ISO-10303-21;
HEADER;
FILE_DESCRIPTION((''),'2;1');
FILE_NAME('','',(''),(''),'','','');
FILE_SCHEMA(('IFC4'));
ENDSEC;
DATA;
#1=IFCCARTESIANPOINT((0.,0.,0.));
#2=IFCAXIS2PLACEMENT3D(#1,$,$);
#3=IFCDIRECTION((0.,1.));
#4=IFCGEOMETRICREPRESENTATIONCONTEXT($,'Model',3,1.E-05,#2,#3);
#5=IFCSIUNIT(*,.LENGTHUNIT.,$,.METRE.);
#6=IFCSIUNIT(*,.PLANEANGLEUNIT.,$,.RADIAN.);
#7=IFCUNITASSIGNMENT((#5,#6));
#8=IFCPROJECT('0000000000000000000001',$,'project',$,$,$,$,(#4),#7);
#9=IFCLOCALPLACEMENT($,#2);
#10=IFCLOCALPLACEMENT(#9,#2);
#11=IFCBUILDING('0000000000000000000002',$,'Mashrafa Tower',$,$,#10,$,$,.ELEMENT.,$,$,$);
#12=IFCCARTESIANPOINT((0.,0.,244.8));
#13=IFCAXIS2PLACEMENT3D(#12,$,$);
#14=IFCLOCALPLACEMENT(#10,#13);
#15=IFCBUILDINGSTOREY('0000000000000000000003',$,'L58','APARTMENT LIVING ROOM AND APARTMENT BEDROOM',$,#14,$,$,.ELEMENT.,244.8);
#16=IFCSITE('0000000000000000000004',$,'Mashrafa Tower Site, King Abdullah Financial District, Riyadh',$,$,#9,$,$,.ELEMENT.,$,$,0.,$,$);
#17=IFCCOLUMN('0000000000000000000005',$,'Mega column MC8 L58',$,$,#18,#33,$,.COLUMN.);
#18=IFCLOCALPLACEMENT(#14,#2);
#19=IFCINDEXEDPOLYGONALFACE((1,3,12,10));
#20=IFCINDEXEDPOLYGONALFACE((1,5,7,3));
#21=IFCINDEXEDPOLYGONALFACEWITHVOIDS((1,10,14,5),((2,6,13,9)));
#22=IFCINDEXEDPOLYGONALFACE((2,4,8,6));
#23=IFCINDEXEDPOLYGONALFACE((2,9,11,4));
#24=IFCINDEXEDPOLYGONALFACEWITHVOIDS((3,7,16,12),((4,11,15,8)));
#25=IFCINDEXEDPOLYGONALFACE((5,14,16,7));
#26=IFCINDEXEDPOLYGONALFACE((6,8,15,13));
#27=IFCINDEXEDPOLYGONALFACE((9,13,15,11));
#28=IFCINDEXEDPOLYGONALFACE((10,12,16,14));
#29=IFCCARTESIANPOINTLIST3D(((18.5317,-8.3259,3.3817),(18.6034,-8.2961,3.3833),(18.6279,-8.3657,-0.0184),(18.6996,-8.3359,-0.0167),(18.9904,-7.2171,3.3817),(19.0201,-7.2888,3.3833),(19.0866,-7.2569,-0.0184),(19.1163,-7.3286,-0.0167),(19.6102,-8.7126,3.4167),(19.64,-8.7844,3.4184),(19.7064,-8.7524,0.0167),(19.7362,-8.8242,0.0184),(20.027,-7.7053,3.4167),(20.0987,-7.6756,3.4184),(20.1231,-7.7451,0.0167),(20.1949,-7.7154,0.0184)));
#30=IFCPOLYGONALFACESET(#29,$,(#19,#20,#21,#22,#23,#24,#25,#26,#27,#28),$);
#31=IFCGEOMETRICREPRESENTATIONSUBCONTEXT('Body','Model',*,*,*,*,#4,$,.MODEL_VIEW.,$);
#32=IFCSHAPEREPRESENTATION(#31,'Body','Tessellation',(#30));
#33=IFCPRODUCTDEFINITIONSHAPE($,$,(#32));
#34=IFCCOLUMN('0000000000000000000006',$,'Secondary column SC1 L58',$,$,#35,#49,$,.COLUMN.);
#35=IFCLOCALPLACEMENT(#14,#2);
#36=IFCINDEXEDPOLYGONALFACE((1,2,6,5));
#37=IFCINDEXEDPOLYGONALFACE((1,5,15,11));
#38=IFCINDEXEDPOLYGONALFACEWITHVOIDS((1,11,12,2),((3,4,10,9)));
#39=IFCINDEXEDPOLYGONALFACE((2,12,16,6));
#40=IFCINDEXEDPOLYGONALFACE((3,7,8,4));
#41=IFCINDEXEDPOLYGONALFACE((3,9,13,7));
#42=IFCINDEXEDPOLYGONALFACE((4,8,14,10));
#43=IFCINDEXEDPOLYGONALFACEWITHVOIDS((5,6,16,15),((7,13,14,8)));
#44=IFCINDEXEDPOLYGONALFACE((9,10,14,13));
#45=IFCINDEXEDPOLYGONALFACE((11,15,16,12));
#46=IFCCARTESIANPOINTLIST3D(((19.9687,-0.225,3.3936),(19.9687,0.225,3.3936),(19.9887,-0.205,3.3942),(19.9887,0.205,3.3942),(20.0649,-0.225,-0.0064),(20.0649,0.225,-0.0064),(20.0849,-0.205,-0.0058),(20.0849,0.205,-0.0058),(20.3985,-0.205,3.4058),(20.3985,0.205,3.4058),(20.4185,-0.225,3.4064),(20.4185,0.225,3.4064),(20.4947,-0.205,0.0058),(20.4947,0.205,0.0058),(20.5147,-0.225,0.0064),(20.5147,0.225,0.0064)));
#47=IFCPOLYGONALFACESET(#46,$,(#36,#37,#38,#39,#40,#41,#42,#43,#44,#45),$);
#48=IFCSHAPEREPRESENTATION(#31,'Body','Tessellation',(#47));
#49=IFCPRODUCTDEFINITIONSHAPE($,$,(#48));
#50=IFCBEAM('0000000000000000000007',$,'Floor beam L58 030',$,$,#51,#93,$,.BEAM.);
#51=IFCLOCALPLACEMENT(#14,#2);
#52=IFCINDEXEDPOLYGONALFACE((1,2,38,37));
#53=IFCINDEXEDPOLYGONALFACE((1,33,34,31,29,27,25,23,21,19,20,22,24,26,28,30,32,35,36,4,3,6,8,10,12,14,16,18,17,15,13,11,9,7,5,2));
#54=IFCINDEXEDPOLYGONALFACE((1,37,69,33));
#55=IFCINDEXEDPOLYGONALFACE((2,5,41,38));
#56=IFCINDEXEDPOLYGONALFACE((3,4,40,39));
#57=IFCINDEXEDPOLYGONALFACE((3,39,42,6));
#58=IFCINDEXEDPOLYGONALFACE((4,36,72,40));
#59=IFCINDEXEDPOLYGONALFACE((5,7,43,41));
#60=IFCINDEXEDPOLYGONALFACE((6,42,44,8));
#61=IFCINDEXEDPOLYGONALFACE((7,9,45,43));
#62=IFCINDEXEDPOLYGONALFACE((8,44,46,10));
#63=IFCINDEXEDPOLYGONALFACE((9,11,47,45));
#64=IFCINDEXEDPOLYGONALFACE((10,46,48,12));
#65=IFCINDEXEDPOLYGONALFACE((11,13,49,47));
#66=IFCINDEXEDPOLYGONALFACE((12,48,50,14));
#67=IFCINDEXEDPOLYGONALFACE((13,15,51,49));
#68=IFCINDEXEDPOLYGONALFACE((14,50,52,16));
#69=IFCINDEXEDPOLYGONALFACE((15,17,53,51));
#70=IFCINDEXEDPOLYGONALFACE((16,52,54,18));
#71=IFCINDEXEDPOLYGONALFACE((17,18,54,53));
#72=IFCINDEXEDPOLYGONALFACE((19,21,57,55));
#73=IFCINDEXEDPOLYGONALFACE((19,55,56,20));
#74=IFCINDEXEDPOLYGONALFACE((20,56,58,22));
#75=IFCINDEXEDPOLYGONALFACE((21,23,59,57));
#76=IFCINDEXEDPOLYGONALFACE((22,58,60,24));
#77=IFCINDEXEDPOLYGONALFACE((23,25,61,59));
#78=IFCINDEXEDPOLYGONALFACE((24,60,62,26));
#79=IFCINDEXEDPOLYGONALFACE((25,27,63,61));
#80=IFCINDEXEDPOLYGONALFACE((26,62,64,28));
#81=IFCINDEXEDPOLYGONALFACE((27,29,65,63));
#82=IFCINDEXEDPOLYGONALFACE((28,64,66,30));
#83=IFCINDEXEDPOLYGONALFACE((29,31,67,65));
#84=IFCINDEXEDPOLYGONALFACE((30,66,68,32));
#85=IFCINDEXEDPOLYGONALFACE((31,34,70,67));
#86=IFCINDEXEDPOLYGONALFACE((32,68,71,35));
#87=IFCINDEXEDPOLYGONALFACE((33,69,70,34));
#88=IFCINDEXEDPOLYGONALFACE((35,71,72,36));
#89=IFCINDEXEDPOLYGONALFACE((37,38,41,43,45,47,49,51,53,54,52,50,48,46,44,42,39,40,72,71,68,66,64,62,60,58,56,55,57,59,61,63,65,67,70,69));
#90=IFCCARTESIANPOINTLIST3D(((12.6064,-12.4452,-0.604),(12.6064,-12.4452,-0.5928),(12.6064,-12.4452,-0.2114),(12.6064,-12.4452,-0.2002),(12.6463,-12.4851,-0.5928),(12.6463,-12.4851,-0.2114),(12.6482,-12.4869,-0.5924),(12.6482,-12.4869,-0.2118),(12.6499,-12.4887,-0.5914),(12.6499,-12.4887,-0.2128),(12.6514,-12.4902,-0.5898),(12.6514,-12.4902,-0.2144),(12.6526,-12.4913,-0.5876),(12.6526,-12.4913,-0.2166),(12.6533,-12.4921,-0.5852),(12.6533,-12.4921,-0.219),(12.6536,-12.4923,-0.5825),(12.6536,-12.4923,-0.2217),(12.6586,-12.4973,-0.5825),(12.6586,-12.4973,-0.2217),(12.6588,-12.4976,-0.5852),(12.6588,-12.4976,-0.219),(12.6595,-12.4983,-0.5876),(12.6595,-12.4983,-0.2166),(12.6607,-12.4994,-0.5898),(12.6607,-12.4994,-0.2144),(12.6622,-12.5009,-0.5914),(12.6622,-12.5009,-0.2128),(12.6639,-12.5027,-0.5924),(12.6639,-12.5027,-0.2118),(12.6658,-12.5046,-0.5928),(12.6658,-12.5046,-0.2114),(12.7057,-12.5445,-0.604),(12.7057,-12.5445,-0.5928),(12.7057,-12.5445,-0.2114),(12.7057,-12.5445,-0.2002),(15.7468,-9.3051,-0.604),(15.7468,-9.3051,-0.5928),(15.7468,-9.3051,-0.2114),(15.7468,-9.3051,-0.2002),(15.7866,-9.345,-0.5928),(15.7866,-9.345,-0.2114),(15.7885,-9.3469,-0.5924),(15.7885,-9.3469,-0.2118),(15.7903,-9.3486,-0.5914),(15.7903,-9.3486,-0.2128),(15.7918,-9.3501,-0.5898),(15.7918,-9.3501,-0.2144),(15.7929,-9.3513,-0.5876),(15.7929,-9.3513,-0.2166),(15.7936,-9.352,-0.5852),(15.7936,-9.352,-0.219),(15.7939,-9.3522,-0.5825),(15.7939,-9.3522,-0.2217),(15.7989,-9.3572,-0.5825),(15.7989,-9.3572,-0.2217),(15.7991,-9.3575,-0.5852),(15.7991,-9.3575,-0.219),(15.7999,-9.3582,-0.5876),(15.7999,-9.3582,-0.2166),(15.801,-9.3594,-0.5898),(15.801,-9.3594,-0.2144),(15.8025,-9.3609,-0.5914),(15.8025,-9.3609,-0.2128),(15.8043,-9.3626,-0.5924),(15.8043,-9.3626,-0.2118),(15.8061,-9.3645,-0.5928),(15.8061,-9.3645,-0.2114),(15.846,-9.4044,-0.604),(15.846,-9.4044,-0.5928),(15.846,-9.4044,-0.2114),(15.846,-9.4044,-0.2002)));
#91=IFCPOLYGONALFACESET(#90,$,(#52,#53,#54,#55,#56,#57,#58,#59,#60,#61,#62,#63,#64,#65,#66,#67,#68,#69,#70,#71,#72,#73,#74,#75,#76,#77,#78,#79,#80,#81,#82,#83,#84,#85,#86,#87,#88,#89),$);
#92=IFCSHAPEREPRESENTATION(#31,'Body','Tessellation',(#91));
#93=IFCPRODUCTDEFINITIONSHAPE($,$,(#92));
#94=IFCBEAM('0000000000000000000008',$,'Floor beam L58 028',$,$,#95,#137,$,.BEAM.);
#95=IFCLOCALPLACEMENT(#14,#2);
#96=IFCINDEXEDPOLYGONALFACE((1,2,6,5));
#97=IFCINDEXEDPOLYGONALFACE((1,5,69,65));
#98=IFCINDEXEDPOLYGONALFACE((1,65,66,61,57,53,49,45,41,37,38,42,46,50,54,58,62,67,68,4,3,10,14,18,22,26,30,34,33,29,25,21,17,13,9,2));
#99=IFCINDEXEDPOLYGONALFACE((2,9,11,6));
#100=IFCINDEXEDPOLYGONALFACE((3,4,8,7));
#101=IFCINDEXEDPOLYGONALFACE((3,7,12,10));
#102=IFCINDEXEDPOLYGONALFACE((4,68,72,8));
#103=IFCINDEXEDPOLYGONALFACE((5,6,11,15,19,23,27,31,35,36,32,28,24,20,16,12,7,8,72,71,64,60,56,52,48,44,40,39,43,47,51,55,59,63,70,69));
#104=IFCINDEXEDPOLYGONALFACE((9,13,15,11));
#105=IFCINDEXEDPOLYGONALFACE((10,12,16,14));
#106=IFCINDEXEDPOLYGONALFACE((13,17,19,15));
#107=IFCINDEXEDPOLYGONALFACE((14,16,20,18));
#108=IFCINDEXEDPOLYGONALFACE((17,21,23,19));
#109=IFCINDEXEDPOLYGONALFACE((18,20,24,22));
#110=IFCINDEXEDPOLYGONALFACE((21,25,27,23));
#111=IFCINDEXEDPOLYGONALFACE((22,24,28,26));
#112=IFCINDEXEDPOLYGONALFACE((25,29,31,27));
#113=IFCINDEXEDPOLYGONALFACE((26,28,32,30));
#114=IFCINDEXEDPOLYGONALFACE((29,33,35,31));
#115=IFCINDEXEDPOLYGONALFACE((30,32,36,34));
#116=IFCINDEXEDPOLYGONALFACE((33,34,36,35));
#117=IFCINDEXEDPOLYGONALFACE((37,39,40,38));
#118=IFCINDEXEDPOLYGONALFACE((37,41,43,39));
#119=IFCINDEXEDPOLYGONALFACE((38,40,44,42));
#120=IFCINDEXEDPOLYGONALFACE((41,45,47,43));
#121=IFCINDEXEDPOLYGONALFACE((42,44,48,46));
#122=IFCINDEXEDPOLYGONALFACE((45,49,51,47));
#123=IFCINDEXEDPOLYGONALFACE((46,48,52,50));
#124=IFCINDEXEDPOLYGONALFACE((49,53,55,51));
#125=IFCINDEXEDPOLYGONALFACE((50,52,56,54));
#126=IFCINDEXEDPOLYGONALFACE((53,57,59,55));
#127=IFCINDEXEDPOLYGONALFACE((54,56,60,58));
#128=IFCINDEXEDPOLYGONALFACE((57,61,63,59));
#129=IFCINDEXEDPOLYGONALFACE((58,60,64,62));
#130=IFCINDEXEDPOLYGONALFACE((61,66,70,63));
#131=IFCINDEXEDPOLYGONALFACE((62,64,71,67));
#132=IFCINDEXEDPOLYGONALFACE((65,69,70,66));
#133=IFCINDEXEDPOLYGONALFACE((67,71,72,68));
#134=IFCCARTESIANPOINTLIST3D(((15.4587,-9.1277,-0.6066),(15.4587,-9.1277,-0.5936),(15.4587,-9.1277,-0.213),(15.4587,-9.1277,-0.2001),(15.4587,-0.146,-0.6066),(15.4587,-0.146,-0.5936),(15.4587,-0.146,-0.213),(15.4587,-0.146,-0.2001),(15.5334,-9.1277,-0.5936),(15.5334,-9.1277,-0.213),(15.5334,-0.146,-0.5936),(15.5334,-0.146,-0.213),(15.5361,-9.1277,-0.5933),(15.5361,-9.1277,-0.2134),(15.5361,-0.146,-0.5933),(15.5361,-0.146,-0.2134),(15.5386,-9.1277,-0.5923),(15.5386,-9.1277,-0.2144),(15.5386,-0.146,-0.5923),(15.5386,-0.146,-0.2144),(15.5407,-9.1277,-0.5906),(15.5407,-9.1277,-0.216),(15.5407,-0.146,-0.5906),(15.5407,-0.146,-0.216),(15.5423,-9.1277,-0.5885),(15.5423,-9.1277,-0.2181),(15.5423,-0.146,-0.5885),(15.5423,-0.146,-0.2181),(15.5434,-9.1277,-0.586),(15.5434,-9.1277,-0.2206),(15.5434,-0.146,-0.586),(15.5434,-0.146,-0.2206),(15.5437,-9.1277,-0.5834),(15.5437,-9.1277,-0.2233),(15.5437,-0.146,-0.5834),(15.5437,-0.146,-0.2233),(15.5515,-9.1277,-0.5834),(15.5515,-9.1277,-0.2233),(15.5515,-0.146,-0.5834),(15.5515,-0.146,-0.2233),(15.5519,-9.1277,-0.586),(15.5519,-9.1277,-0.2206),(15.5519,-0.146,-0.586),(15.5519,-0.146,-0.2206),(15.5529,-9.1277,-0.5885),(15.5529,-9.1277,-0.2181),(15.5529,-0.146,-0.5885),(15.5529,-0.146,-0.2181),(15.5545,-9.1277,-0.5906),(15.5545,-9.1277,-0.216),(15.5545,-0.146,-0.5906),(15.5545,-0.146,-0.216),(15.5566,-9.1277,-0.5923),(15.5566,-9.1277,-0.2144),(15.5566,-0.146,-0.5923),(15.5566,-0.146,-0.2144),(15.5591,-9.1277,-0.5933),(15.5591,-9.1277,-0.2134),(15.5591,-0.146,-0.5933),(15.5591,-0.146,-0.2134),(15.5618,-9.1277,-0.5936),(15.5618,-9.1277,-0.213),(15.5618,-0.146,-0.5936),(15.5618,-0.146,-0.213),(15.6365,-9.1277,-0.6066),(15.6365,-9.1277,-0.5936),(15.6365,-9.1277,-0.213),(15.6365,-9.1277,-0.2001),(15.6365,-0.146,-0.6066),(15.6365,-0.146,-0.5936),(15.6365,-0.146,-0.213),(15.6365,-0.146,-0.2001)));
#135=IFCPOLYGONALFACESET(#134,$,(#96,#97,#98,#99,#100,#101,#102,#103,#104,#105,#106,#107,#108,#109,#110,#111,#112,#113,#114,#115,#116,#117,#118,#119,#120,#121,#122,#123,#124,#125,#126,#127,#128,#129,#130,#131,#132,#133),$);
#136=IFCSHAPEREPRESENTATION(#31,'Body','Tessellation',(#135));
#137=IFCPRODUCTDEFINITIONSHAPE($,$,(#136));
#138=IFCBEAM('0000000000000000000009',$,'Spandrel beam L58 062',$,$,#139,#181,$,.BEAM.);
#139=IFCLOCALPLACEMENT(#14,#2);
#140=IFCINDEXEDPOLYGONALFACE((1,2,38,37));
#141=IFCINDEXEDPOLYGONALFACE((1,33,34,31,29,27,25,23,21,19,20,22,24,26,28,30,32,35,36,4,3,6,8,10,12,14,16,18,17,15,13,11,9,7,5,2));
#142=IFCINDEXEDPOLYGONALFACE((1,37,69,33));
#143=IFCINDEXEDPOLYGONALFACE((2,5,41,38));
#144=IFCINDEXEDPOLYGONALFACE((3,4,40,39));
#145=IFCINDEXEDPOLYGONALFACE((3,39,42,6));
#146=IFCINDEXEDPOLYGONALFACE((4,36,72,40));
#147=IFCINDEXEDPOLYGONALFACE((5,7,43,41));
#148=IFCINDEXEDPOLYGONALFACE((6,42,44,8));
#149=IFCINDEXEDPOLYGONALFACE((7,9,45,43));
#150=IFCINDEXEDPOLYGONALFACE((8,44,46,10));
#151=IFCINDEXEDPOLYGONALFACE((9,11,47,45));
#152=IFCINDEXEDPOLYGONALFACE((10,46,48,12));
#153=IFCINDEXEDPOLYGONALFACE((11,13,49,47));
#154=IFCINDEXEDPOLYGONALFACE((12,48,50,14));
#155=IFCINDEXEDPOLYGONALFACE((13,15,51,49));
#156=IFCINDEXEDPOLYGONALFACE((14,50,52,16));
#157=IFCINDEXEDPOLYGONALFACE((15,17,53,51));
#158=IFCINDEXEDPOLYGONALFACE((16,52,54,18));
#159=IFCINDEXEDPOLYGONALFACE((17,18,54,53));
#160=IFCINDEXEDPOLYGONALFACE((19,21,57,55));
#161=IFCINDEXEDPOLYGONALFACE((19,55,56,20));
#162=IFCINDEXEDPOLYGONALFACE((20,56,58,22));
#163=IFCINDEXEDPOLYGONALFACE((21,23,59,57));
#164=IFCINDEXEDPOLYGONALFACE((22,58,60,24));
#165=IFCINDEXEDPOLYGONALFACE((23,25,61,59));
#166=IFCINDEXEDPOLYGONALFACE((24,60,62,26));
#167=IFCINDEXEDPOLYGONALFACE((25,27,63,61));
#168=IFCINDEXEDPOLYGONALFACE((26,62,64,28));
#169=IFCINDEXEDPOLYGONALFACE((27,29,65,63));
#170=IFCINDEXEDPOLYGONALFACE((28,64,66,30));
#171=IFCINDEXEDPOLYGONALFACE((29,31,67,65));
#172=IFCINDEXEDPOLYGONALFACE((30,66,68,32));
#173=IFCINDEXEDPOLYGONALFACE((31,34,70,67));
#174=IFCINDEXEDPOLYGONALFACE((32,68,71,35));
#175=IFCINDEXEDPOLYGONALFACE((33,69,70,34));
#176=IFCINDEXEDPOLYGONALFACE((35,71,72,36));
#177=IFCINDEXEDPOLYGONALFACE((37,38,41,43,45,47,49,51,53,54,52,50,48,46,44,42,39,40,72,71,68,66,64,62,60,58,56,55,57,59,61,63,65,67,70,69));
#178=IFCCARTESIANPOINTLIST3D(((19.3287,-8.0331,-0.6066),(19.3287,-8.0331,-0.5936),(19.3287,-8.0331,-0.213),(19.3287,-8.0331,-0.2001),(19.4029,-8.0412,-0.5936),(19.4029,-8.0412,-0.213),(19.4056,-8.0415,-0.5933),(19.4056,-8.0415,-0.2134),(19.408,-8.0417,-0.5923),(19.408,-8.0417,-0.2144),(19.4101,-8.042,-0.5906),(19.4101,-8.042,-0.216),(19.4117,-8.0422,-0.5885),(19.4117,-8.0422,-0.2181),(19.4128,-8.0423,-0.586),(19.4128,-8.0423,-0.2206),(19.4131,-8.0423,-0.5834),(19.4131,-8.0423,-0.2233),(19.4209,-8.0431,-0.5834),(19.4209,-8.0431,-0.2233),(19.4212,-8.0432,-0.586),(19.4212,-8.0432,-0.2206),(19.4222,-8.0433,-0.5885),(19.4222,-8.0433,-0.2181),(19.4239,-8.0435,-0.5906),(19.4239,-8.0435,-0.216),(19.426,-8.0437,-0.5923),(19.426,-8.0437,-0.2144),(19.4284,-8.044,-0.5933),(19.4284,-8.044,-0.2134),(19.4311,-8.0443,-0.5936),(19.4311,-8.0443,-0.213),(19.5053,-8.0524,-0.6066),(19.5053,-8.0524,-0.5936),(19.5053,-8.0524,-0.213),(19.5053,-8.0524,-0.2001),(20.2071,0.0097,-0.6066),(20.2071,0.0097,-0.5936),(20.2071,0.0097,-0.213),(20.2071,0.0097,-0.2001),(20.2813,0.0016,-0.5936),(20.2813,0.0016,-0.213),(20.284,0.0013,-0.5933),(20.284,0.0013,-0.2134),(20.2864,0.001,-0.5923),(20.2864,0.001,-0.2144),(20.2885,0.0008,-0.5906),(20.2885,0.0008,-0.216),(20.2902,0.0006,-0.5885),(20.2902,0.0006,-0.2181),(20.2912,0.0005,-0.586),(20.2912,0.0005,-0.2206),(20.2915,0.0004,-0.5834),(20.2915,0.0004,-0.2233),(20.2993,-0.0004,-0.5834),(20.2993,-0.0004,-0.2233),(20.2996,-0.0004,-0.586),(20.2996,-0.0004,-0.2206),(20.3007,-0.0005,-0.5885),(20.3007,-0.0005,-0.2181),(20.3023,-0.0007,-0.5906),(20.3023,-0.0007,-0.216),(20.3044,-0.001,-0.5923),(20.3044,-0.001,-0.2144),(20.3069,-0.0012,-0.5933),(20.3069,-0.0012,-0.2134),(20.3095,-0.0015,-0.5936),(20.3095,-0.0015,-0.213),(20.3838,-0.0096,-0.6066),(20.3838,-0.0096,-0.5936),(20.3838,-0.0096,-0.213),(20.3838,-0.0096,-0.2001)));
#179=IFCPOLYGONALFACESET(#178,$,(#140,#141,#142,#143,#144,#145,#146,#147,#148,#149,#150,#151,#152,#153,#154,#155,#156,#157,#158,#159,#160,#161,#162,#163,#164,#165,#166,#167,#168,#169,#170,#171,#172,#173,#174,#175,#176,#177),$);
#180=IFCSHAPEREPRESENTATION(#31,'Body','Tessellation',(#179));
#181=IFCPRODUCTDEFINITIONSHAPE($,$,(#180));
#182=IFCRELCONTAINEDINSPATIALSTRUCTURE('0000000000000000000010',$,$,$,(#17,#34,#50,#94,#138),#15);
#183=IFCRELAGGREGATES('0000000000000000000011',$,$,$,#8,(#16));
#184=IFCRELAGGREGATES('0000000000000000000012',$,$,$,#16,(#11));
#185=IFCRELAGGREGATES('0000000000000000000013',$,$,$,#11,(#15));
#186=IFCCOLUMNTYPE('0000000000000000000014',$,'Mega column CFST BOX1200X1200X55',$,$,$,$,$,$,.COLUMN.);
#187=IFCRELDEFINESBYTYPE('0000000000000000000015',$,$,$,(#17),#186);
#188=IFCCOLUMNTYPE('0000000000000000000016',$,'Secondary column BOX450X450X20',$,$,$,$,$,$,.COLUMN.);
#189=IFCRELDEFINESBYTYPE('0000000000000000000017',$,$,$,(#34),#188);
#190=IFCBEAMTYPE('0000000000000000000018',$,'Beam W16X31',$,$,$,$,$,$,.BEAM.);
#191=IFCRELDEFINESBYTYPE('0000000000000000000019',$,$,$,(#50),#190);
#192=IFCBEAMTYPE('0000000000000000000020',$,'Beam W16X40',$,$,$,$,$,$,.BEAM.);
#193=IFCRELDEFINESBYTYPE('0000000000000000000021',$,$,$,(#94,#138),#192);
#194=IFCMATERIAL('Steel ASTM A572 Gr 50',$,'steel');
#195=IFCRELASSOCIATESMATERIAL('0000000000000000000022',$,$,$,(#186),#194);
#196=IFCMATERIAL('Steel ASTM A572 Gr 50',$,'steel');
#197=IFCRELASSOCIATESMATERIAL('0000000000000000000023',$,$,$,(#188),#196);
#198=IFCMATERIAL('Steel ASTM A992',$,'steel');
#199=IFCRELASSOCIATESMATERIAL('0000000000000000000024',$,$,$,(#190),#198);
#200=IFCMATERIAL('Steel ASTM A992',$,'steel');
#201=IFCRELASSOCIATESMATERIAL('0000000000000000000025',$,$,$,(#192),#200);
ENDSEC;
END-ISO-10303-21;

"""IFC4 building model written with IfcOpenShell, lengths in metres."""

from ifc_helpers import new_model, si_unit, direction, frame, origin, origin_2d, place, context, subcontext, project, spatial, hollow_rectangle, i_section, extrude, material, material_profile, profile_set, type_object, element, save


model = new_model("IFC4")

# Units and contexts
model_context = context("Model", 3, precision=1e-05, world=origin(), true_north=direction((0.0, 1.0)))
body_context = subcontext(model_context, "Body", "Model", "MODEL_VIEW")
ifc_project = project(units=[si_unit("LENGTHUNIT", "METRE"), si_unit("PLANEANGLEUNIT", "RADIAN")], contexts=[model_context])

# Site, building, storey
site_placement = place(None, origin())
site = spatial("IfcSite", under=ifc_project, at=site_placement, Name="Mashrafa Tower Site, King Abdullah Financial District, Riyadh", CompositionType="ELEMENT", RefElevation=0.0)
building_placement = place(site_placement, origin())
building = spatial("IfcBuilding", under=site, at=building_placement, Name="Mashrafa Tower", CompositionType="ELEMENT")
storey_placement = place(building_placement, frame((0.0, 0.0, 244.8)))
storey = spatial("IfcBuildingStorey", under=building, at=storey_placement, Name="L58", Description="APARTMENT LIVING ROOM AND APARTMENT BEDROOM", CompositionType="ELEMENT", Elevation=244.8)

# Columns
ifc_material_1 = material(Name="Steel ASTM A572 Gr 50", Category="steel")
ifc_material_profile_1 = material_profile(ifc_material_1, hollow_rectangle(XDim=1.2, YDim=1.2, WallThickness=0.0549, at=origin_2d()), Name="BOX1200X1200X55")
ifc_profile_set_1 = profile_set([ifc_material_profile_1], Name="Steel ASTM A572 Gr 50")
column_type_1 = type_object("IfcColumnType", Name="Mega column CFST BOX1200X1200X55", PredefinedType="COLUMN", material=ifc_profile_set_1)
column_1_placement = place(storey_placement, frame((19.4114, -8.0405, 0.0), z_axis=(-0.028279, 0.011699, 0.999532), x_axis=(-0.382283, -0.924045, 0.0)))
element("IfcColumn", 1, at=column_1_placement, inside=storey, type_object=column_type_1, Name="Mega column MC8 L58", PredefinedType="COLUMN", context=body_context, shape_type="SweptSolid", body=[
    extrude(hollow_rectangle(XDim=1.2, YDim=1.2, WallThickness=0.0549, at=origin_2d()), origin(), (0.0, 0.0, 1.0), 3.4016),
])
ifc_material_2 = material(Name="Steel ASTM A572 Gr 50", Category="steel")
ifc_material_profile_2 = material_profile(ifc_material_2, hollow_rectangle(XDim=0.45, YDim=0.45, WallThickness=0.02, at=origin_2d()), Name="BOX450X450X20")
ifc_profile_set_2 = profile_set([ifc_material_profile_2], Name="Steel ASTM A572 Gr 50")
column_type_2 = type_object("IfcColumnType", Name="Secondary column BOX450X450X20", PredefinedType="COLUMN", material=ifc_profile_set_2)
column_2_placement = place(storey_placement, frame((20.2898, 0.0, 0.0), z_axis=(-0.028281, 0.0, 0.9996), x_axis=(0.0, -1.0, 0.0)))
element("IfcColumn", 2, at=column_2_placement, inside=storey, type_object=column_type_2, Name="Secondary column SC1 L58", PredefinedType="COLUMN", context=body_context, shape_type="SweptSolid", body=[
    extrude(hollow_rectangle(XDim=0.45, YDim=0.45, WallThickness=0.02, at=origin_2d()), origin(), (0.0, 0.0, 1.0), 3.4014),
])

# Beams
ifc_material_3 = material(Name="Steel ASTM A992", Category="steel")
ifc_material_profile_3 = material_profile(ifc_material_3, i_section(OverallWidth=0.1404, OverallDepth=0.4038, WebThickness=0.0071, FlangeThickness=0.0112, FilletRadius=0.0103, at=origin_2d()), Name="W16X31")
ifc_profile_set_3 = profile_set([ifc_material_profile_3], Name="Steel ASTM A992")
beam_type_1 = type_object("IfcBeamType", Name="Beam W16X31", PredefinedType="BEAM", material=ifc_profile_set_3)
beam_1_placement = place(storey_placement, frame((15.7964, -9.3547, -0.4021), z_axis=(-0.707134, -0.707079, 0.0), x_axis=(0.707079, -0.707134, 0.0)))
element("IfcBeam", 3, at=beam_1_placement, inside=storey, type_object=beam_type_1, Name="Floor beam L58 030", PredefinedType="BEAM", context=body_context, shape_type="SweptSolid", body=[
    extrude(i_section(OverallWidth=0.1404, OverallDepth=0.4038, WebThickness=0.0071, FlangeThickness=0.0112, FilletRadius=0.0103, at=origin_2d()), origin(), (0.0, 0.0, 1.0), 4.4409),
])
ifc_material_4 = material(Name="Steel ASTM A992", Category="steel")
ifc_material_profile_4 = material_profile(ifc_material_4, i_section(OverallWidth=0.1777, OverallDepth=0.4065, WebThickness=0.0078, FlangeThickness=0.0129, FilletRadius=0.0103, at=origin_2d()), Name="W16X40")
ifc_profile_set_4 = profile_set([ifc_material_profile_4], Name="Steel ASTM A992")
beam_type_2 = type_object("IfcBeamType", Name="Beam W16X40", PredefinedType="BEAM", material=ifc_profile_set_4)
beam_2_placement = place(storey_placement, frame((15.5476, -0.146, -0.4033), z_axis=(0.0, -1.0, 0.0), x_axis=(1.0, 0.0, 0.0)))
element("IfcBeam", 4, at=beam_2_placement, inside=storey, type_object=beam_type_2, Name="Floor beam L58 028", PredefinedType="BEAM", context=body_context, shape_type="SweptSolid", body=[
    extrude(i_section(OverallWidth=0.1777, OverallDepth=0.4065, WebThickness=0.0078, FlangeThickness=0.0129, FilletRadius=0.0103, at=origin_2d()), origin(), (0.0, 0.0, 1.0), 8.9817),
])
beam_3_placement = place(storey_placement, frame((19.417, -8.0427, -0.4033), z_axis=(0.108573, 0.994088, 0.0), x_axis=(-0.994088, 0.108573, 0.0)))
element("IfcBeam", 5, at=beam_3_placement, inside=storey, type_object=beam_type_2, Name="Spandrel beam L58 062", PredefinedType="BEAM", context=body_context, shape_type="SweptSolid", body=[
    extrude(i_section(OverallWidth=0.1777, OverallDepth=0.4065, WebThickness=0.0078, FlangeThickness=0.0129, FilletRadius=0.0103, at=origin_2d()), origin(), (0.0, 0.0, 1.0), 8.0906),
])

save(model, "model.ifc")
